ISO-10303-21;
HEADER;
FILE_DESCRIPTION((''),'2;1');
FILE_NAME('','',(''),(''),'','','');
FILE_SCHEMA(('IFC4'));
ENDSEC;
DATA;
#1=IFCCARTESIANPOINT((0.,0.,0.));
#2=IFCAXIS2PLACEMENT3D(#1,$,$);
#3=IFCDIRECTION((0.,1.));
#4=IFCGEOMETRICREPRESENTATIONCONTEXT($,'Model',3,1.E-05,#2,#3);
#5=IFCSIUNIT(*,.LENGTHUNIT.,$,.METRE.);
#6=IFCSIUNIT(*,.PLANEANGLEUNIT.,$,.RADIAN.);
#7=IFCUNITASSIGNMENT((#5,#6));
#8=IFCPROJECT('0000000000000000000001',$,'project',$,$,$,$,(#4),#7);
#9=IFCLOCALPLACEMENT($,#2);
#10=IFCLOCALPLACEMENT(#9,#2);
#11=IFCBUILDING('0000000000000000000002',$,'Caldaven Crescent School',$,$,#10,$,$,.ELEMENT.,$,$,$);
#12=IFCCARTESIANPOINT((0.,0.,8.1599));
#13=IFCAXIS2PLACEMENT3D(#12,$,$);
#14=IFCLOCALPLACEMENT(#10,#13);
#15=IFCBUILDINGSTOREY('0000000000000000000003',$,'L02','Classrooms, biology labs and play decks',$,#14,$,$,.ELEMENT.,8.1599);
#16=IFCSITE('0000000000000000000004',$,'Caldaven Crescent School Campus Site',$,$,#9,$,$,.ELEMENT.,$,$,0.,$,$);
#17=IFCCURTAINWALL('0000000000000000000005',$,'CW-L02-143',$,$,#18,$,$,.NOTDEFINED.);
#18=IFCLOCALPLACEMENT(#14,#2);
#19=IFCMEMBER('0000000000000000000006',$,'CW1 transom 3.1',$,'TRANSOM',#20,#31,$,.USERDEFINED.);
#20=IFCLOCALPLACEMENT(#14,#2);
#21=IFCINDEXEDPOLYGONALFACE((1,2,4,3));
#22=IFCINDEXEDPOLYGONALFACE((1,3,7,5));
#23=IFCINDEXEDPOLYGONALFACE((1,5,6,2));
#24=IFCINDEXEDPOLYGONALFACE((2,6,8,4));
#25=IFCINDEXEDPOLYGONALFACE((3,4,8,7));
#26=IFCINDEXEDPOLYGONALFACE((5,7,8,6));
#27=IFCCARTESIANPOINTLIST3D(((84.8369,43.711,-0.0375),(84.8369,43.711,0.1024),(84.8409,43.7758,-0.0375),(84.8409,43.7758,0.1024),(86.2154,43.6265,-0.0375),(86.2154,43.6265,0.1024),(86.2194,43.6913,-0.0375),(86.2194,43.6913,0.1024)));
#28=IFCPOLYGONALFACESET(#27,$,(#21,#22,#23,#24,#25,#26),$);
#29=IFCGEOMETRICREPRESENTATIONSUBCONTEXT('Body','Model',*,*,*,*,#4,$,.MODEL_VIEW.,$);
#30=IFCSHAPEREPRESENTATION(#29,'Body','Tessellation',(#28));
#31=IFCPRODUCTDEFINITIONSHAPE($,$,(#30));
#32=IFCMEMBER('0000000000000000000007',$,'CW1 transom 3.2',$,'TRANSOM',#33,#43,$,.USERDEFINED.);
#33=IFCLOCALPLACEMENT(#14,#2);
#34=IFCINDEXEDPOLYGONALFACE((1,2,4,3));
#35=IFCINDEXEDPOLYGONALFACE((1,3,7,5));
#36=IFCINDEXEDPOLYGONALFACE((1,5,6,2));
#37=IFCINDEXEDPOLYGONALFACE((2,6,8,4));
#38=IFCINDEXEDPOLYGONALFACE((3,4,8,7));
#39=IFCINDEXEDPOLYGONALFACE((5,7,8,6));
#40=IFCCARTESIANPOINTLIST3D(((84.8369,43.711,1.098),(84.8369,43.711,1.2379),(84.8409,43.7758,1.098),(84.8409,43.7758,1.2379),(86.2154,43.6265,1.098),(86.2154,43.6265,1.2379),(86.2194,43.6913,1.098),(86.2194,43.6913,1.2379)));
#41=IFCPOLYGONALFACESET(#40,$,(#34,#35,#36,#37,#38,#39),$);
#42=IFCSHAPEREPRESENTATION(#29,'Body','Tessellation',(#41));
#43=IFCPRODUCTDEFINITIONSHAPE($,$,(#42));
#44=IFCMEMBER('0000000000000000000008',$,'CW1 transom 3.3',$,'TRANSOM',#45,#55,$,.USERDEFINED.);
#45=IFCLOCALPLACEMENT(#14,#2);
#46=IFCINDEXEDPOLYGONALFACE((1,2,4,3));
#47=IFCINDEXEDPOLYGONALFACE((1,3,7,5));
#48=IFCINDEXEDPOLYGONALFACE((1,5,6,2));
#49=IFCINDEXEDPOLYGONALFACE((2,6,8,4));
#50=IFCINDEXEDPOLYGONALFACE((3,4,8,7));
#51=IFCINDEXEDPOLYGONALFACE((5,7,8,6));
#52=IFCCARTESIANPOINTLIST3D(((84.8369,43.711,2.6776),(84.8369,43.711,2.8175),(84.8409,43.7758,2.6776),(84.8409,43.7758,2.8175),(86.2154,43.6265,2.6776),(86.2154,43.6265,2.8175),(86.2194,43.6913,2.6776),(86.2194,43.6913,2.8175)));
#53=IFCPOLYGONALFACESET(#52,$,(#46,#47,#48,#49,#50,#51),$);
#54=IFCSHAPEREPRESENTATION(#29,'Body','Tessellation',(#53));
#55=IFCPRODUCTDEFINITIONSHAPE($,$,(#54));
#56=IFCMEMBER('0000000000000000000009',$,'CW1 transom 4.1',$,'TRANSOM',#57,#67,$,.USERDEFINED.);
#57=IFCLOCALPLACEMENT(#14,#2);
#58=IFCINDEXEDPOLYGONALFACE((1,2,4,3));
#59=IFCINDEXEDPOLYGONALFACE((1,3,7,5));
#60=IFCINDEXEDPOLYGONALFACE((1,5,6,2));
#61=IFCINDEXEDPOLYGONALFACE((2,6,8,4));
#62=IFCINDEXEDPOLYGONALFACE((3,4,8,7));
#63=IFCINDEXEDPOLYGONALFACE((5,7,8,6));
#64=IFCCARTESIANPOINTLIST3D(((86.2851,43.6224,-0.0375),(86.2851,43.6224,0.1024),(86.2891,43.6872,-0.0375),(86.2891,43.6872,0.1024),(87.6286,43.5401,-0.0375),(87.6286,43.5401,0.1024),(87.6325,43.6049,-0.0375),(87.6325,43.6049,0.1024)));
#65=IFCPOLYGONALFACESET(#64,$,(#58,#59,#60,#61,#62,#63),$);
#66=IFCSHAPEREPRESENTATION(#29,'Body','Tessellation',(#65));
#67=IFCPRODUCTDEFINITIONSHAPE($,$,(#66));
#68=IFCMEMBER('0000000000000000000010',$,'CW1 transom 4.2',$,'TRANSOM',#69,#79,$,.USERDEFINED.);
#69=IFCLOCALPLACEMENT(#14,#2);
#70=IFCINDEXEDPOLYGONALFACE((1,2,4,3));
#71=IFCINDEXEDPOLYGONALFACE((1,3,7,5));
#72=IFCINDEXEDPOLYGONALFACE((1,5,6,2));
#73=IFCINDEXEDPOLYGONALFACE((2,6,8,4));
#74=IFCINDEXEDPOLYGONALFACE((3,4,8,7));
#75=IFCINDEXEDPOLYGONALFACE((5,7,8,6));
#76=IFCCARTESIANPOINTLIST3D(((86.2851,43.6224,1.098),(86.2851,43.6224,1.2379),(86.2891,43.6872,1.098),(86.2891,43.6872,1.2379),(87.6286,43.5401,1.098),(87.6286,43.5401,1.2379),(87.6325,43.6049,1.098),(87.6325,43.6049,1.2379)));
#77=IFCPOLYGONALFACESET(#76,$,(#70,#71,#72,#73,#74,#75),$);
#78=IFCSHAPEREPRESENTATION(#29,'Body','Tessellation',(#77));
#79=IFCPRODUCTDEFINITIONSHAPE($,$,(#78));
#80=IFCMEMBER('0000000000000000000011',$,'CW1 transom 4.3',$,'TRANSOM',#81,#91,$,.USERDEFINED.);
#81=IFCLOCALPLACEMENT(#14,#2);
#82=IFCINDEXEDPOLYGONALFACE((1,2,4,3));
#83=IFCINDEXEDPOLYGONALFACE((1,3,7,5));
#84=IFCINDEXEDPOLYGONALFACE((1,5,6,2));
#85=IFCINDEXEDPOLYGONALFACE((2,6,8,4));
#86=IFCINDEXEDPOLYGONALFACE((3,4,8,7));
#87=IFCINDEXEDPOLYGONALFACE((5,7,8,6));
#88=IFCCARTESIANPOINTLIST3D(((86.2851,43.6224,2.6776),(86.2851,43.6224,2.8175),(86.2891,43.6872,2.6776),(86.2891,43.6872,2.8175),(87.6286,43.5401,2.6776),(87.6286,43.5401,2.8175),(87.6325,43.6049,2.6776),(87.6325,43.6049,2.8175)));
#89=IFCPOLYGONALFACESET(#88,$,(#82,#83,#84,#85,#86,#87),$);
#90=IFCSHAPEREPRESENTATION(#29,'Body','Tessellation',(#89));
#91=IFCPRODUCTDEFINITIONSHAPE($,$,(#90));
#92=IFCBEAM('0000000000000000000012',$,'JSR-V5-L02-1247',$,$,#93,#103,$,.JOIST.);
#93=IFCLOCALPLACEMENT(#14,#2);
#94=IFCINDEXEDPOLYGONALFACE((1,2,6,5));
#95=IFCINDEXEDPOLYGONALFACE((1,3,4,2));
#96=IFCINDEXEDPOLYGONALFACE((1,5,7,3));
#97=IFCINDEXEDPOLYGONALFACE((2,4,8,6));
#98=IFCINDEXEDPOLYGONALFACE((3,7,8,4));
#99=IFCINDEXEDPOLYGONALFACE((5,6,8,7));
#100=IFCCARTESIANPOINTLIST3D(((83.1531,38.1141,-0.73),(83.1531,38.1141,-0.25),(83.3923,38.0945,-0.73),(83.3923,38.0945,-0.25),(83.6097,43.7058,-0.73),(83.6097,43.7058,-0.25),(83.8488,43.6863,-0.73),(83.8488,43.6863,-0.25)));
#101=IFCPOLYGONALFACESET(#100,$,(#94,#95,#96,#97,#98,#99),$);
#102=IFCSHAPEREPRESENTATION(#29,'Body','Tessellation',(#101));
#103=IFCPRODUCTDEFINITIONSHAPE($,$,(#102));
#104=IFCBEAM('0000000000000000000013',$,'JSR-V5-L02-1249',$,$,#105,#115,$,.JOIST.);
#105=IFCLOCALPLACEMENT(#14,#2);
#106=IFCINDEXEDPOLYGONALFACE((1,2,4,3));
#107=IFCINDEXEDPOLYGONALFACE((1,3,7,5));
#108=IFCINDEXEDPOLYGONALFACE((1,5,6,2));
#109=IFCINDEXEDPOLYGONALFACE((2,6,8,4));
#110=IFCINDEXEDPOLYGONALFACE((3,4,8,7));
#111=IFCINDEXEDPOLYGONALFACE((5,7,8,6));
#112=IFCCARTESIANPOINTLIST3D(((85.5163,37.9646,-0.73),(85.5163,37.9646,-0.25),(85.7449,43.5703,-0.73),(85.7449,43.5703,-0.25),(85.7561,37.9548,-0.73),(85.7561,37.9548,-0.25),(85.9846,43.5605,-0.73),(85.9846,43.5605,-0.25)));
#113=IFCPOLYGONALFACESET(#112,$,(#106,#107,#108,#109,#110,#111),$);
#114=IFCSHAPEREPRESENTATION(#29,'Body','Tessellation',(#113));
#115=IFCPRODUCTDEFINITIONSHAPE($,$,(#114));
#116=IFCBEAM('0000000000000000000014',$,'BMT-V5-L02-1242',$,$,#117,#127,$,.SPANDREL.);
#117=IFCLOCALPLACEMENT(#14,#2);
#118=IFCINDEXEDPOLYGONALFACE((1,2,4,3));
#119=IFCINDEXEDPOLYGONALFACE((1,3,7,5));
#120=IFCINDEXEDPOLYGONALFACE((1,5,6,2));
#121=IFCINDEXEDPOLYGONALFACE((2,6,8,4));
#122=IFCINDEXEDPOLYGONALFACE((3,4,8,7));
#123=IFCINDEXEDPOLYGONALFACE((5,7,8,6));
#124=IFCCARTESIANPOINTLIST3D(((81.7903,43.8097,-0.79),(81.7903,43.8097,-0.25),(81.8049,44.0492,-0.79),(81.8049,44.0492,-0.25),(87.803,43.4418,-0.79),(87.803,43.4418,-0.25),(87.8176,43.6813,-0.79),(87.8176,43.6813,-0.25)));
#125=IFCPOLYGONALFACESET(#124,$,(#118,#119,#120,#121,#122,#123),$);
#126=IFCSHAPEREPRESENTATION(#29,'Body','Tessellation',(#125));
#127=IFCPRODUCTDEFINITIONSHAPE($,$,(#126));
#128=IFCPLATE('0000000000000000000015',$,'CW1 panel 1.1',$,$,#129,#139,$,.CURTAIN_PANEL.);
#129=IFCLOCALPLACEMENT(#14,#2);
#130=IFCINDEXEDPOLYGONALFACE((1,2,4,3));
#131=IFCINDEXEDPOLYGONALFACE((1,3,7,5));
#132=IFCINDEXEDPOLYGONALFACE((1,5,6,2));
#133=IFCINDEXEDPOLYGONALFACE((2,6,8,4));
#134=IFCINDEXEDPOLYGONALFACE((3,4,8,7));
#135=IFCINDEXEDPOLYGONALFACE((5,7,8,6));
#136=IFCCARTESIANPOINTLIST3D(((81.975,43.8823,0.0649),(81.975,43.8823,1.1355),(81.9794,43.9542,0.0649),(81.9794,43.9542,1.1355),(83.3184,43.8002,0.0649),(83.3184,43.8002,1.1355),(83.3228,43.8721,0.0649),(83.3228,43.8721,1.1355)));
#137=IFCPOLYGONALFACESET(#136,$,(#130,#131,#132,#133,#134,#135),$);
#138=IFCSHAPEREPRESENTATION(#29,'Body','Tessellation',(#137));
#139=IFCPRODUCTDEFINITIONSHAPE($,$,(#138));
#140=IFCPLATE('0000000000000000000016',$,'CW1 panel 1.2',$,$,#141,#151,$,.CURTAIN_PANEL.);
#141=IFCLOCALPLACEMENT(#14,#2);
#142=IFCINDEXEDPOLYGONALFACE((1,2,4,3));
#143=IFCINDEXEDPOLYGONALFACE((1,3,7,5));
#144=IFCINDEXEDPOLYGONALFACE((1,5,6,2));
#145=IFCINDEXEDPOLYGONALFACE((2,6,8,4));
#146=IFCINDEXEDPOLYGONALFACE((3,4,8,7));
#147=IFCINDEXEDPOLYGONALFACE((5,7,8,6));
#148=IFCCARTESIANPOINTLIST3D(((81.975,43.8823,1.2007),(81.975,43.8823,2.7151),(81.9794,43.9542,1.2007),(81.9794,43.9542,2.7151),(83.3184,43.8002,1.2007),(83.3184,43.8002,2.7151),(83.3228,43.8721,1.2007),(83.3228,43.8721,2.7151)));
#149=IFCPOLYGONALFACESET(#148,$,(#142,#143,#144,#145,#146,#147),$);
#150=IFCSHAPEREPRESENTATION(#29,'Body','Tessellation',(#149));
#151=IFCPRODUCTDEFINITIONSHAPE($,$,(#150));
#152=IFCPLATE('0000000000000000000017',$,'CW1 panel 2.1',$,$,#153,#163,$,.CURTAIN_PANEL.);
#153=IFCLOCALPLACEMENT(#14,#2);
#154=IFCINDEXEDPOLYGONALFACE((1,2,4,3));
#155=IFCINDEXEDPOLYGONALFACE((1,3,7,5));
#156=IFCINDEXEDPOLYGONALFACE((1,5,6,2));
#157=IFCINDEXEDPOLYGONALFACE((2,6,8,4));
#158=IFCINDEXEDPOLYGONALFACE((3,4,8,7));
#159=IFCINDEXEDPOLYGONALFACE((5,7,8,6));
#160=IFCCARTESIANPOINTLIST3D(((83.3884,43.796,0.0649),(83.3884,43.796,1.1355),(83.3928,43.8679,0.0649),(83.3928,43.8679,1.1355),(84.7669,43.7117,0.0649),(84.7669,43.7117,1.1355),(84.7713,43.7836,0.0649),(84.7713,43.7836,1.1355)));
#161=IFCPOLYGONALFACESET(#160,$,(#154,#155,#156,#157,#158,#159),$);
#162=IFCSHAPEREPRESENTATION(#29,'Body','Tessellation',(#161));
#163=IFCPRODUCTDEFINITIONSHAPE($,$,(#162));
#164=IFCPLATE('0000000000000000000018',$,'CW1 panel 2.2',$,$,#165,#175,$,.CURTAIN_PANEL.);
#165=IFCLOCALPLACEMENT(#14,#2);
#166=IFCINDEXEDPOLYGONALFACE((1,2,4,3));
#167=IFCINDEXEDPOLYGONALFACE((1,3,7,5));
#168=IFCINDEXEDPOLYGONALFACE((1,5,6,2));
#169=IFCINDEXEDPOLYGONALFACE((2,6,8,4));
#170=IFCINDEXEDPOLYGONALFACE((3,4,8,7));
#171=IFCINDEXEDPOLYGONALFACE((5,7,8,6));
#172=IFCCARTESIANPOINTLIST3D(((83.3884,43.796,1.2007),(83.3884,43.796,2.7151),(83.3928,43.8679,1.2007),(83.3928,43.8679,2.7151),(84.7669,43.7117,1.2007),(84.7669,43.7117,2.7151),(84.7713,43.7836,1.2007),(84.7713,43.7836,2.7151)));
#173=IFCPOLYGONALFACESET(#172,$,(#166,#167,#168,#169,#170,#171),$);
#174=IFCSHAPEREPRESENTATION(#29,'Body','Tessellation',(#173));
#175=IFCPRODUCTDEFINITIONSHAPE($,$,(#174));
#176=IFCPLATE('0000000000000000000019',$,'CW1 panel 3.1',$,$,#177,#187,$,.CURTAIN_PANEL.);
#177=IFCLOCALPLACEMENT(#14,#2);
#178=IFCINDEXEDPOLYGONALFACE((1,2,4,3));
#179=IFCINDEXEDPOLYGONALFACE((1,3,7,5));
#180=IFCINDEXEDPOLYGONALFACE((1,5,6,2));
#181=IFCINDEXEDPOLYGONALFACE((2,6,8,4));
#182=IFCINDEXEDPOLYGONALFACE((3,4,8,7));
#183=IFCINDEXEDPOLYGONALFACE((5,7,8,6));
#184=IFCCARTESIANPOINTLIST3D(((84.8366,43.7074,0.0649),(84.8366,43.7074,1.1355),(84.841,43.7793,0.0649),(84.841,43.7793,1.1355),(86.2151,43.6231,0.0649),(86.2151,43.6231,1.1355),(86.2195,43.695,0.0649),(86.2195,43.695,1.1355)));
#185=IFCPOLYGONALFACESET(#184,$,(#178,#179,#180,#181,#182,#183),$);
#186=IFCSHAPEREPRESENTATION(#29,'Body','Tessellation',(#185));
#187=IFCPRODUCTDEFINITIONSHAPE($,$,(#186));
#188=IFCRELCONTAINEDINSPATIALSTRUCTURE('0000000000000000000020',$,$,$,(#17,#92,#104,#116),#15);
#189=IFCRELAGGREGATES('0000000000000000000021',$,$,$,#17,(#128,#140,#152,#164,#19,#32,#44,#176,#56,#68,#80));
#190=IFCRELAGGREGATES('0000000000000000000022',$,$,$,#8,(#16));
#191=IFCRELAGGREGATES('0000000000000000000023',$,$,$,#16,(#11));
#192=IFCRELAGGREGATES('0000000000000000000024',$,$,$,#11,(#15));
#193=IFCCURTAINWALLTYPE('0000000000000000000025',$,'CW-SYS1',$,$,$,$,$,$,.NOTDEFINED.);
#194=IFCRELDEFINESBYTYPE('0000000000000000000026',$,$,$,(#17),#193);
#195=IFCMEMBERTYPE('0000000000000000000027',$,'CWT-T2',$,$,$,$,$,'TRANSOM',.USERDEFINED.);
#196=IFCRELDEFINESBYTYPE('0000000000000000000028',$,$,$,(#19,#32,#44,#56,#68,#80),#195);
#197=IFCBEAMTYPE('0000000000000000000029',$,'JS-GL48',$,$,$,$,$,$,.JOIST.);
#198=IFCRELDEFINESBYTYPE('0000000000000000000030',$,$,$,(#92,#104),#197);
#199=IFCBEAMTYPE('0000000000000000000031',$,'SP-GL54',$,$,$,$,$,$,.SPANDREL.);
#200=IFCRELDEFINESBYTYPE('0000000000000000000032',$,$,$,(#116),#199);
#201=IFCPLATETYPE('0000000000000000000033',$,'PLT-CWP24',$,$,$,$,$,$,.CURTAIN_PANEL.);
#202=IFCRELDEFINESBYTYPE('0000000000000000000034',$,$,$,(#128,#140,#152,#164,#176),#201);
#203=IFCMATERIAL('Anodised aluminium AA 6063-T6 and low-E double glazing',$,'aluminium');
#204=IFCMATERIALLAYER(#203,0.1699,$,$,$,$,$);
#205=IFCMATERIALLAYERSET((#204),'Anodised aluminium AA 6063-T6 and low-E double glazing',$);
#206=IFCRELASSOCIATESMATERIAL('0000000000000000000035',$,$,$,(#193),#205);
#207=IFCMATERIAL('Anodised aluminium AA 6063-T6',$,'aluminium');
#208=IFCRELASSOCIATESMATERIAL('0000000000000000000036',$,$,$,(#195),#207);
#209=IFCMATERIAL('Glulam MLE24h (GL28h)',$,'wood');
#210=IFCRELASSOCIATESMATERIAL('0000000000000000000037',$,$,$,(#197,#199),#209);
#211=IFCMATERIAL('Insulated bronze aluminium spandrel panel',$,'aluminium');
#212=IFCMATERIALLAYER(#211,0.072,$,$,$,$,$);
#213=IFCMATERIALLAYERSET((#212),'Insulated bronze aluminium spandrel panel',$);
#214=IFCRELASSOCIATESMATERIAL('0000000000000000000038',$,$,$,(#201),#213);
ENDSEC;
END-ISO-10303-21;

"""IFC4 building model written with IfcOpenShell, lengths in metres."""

from ifc_helpers import new_model, si_unit, direction, frame, origin, origin_2d, place, context, subcontext, project, spatial, rectangle, extrude, material, layer, layer_set, material_profile, profile_set, type_object, element, aggregate, save


model = new_model("IFC4")

# Units and contexts
model_context = context("Model", 3, precision=1e-05, world=origin(), true_north=direction((0.0, 1.0)))
body_context = subcontext(model_context, "Body", "Model", "MODEL_VIEW")
ifc_project = project(units=[si_unit("LENGTHUNIT", "METRE"), si_unit("PLANEANGLEUNIT", "RADIAN")], contexts=[model_context])

# Site, building, storey
site_placement = place(None, origin())
site = spatial("IfcSite", under=ifc_project, at=site_placement, Name="Caldaven Crescent School Campus Site", CompositionType="ELEMENT", RefElevation=0.0)
building_placement = place(site_placement, origin())
building = spatial("IfcBuilding", under=site, at=building_placement, Name="Caldaven Crescent School", CompositionType="ELEMENT")
storey_placement = place(building_placement, frame((0.0, 0.0, 8.1599)))
storey = spatial("IfcBuildingStorey", under=building, at=storey_placement, Name="L02", Description="Classrooms, biology labs and play decks", CompositionType="ELEMENT", Elevation=8.1599)

# Shared definitions
ifc_material_1 = material(Name="Glulam MLE24h (GL28h)", Category="wood")

# Shared definitions
ifc_material_2 = material(Name="Anodised aluminium AA 6063-T6 and low-E double glazing", Category="aluminium")
ifc_material_3 = material(Name="Anodised aluminium AA 6063-T6", Category="aluminium")

# Curtain wall, members
ifc_layer_1 = layer(ifc_material_2, 0.1699)
ifc_layer_set_1 = layer_set([ifc_layer_1], Name="Anodised aluminium AA 6063-T6 and low-E double glazing")
curtain_wall_type_1 = type_object("IfcCurtainWallType", Name="CW-SYS1", PredefinedType="NOTDEFINED", material=ifc_layer_set_1)
curtain_wall_1_placement = place(storey_placement, origin())
curtain_wall_1 = element("IfcCurtainWall", 1, at=curtain_wall_1_placement, inside=storey, type_object=curtain_wall_type_1, Name="CW-L02-143", PredefinedType="NOTDEFINED")
ifc_material_profile_1 = material_profile(ifc_material_3, rectangle(XDim=0.0649, YDim=0.1399, at=origin_2d()), Name="CWT 65x140")
ifc_profile_set_1 = profile_set([ifc_material_profile_1], Name="Anodised aluminium AA 6063-T6")
member_type_1 = type_object("IfcMemberType", Name="CWT-T2", ElementType="TRANSOM", PredefinedType="USERDEFINED", material=ifc_profile_set_1)
member_1_placement = place(storey_placement, frame((84.8389, 43.7434, 0.0325), z_axis=(0.998128, -0.061168, 0.0), x_axis=(0.061168, 0.998128, 0.0)))
member_1 = element("IfcMember", 2, at=member_1_placement, type_object=member_type_1, Name="CW1 transom 3.1", ObjectType="TRANSOM", PredefinedType="USERDEFINED", context=body_context, shape_type="SweptSolid", body=[
    extrude(rectangle(XDim=0.0649, YDim=0.1399, at=origin_2d()), origin(), (0.0, 0.0, 1.0), 1.3811),
])
member_2_placement = place(storey_placement, frame((84.8389, 43.7434, 1.168), z_axis=(0.998128, -0.061168, 0.0), x_axis=(0.061168, 0.998128, 0.0)))
member_2 = element("IfcMember", 3, at=member_2_placement, type_object=member_type_1, Name="CW1 transom 3.2", ObjectType="TRANSOM", PredefinedType="USERDEFINED", context=body_context, shape_type="SweptSolid", body=[
    extrude(rectangle(XDim=0.0649, YDim=0.1399, at=origin_2d()), origin(), (0.0, 0.0, 1.0), 1.3811),
])
member_3_placement = place(storey_placement, frame((84.8389, 43.7434, 2.7476), z_axis=(0.998128, -0.061168, 0.0), x_axis=(0.061168, 0.998128, 0.0)))
member_3 = element("IfcMember", 4, at=member_3_placement, type_object=member_type_1, Name="CW1 transom 3.3", ObjectType="TRANSOM", PredefinedType="USERDEFINED", context=body_context, shape_type="SweptSolid", body=[
    extrude(rectangle(XDim=0.0649, YDim=0.1399, at=origin_2d()), origin(), (0.0, 0.0, 1.0), 1.3811),
])
member_4_placement = place(storey_placement, frame((86.2871, 43.6548, 0.0325), z_axis=(0.99813, -0.061125, 0.0), x_axis=(0.061125, 0.99813, 0.0)))
member_4 = element("IfcMember", 5, at=member_4_placement, type_object=member_type_1, Name="CW1 transom 4.1", ObjectType="TRANSOM", PredefinedType="USERDEFINED", context=body_context, shape_type="SweptSolid", body=[
    extrude(rectangle(XDim=0.0649, YDim=0.1399, at=origin_2d()), origin(), (0.0, 0.0, 1.0), 1.3459),
])
member_5_placement = place(storey_placement, frame((86.2871, 43.6548, 1.168), z_axis=(0.99813, -0.061125, 0.0), x_axis=(0.061125, 0.99813, 0.0)))
member_5 = element("IfcMember", 6, at=member_5_placement, type_object=member_type_1, Name="CW1 transom 4.2", ObjectType="TRANSOM", PredefinedType="USERDEFINED", context=body_context, shape_type="SweptSolid", body=[
    extrude(rectangle(XDim=0.0649, YDim=0.1399, at=origin_2d()), origin(), (0.0, 0.0, 1.0), 1.3459),
])
member_6_placement = place(storey_placement, frame((86.2871, 43.6548, 2.7476), z_axis=(0.99813, -0.061125, 0.0), x_axis=(0.061125, 0.99813, 0.0)))
member_6 = element("IfcMember", 7, at=member_6_placement, type_object=member_type_1, Name="CW1 transom 4.3", ObjectType="TRANSOM", PredefinedType="USERDEFINED", context=body_context, shape_type="SweptSolid", body=[
    extrude(rectangle(XDim=0.0649, YDim=0.1399, at=origin_2d()), origin(), (0.0, 0.0, 1.0), 1.3459),
])

# Beams
ifc_material_profile_2 = material_profile(ifc_material_1, rectangle(XDim=0.24, YDim=0.48, at=origin_2d()), Name="MLE 240x480")
ifc_profile_set_2 = profile_set([ifc_material_profile_2], Name="Glulam MLE24h (GL28h)")
beam_type_1 = type_object("IfcBeamType", Name="JS-GL48", PredefinedType="JOIST", material=ifc_profile_set_2)
for number, where, z_axis, x_axis, name in (
    (8, (83.7292, 43.696, -0.49), (-0.081374, -0.996684, 0.0), (0.996684, -0.081374, 0.0), "JSR-V5-L02-1247"),
    (9, (85.8647, 43.5654, -0.49), (-0.040731, -0.99917, 0.0), (0.99917, -0.040731, 0.0), "JSR-V5-L02-1249"),
):
    element("IfcBeam", number, at=place(storey_placement, frame(where, z_axis=z_axis, x_axis=x_axis)), inside=storey, type_object=beam_type_1, Name=name, PredefinedType="JOIST", context=body_context, shape_type="SweptSolid", body=[
        extrude(rectangle(XDim=0.24, YDim=0.48, at=origin_2d()), origin(), (0.0, 0.0, 1.0), 5.6104),
    ])
ifc_material_profile_3 = material_profile(ifc_material_1, rectangle(XDim=0.24, YDim=0.54, at=origin_2d()), Name="MLE 240x540")
ifc_profile_set_3 = profile_set([ifc_material_profile_3], Name="Glulam MLE24h (GL28h)")
beam_type_2 = type_object("IfcBeamType", Name="SP-GL54", PredefinedType="SPANDREL", material=ifc_profile_set_3)
beam_1_placement = place(storey_placement, frame((81.7976, 43.9294, -0.52), z_axis=(0.998133, -0.061076, 0.0), x_axis=(0.061076, 0.998133, 0.0)))
element("IfcBeam", 10, at=beam_1_placement, inside=storey, type_object=beam_type_2, Name="BMT-V5-L02-1242", PredefinedType="SPANDREL", context=body_context, shape_type="SweptSolid", body=[
    extrude(rectangle(XDim=0.24, YDim=0.54, at=origin_2d()), origin(), (0.0, 0.0, 1.0), 6.0239),
])

# Plates
ifc_material_4 = material(Name="Insulated bronze aluminium spandrel panel", Category="aluminium")
ifc_layer_2 = layer(ifc_material_4, 0.072)
ifc_layer_set_2 = layer_set([ifc_layer_2], Name="Insulated bronze aluminium spandrel panel")
plate_type = type_object("IfcPlateType", Name="PLT-CWP24", PredefinedType="CURTAIN_PANEL", material=ifc_layer_set_2)
plate_1_placement = place(storey_placement, frame((82.6489, 43.8772, 0.0649), z_axis=(0.0, 0.0, 1.0), x_axis=(0.998135, -0.061049, 0.0)))
plate_1 = element("IfcPlate", 11, at=plate_1_placement, type_object=plate_type, Name="CW1 panel 1.1", PredefinedType="CURTAIN_PANEL", context=body_context, shape_type="SweptSolid", body=[
    extrude(rectangle(XDim=1.3459, YDim=0.072, at=origin_2d()), origin(), (0.0, 0.0, 1.0), 1.0706),
])
plate_2_placement = place(storey_placement, frame((82.6489, 43.8772, 1.2007), z_axis=(0.0, 0.0, 1.0), x_axis=(0.998135, -0.061049, 0.0)))
plate_2 = element("IfcPlate", 12, at=plate_2_placement, type_object=plate_type, Name="CW1 panel 1.2", PredefinedType="CURTAIN_PANEL", context=body_context, shape_type="SweptSolid", body=[
    extrude(rectangle(XDim=1.3459, YDim=0.072, at=origin_2d()), origin(), (0.0, 0.0, 1.0), 1.5144),
])
plate_3_placement = place(storey_placement, frame((84.0798, 43.7898, 0.0649), z_axis=(0.0, 0.0, 1.0), x_axis=(0.998135, -0.061049, 0.0)))
plate_3 = element("IfcPlate", 13, at=plate_3_placement, type_object=plate_type, Name="CW1 panel 2.1", PredefinedType="CURTAIN_PANEL", context=body_context, shape_type="SweptSolid", body=[
    extrude(rectangle(XDim=1.3811, YDim=0.072, at=origin_2d()), origin(), (0.0, 0.0, 1.0), 1.0706),
])
plate_4_placement = place(storey_placement, frame((84.0798, 43.7898, 1.2007), z_axis=(0.0, 0.0, 1.0), x_axis=(0.998135, -0.061049, 0.0)))
plate_4 = element("IfcPlate", 14, at=plate_4_placement, type_object=plate_type, Name="CW1 panel 2.2", PredefinedType="CURTAIN_PANEL", context=body_context, shape_type="SweptSolid", body=[
    extrude(rectangle(XDim=1.3811, YDim=0.072, at=origin_2d()), origin(), (0.0, 0.0, 1.0), 1.5144),
])
plate_5_placement = place(storey_placement, frame((85.5281, 43.7012, 0.0649), z_axis=(0.0, 0.0, 1.0), x_axis=(0.998135, -0.061049, 0.0)))
plate_5 = element("IfcPlate", 15, at=plate_5_placement, type_object=plate_type, Name="CW1 panel 3.1", PredefinedType="CURTAIN_PANEL", context=body_context, shape_type="SweptSolid", body=[
    extrude(rectangle(XDim=1.3811, YDim=0.072, at=origin_2d()), origin(), (0.0, 0.0, 1.0), 1.0706),
])
aggregate(curtain_wall_1, [plate_1, plate_2, plate_3, plate_4, member_1, member_2, member_3, plate_5, member_4, member_5, member_6])

save(model, "model.ifc")
